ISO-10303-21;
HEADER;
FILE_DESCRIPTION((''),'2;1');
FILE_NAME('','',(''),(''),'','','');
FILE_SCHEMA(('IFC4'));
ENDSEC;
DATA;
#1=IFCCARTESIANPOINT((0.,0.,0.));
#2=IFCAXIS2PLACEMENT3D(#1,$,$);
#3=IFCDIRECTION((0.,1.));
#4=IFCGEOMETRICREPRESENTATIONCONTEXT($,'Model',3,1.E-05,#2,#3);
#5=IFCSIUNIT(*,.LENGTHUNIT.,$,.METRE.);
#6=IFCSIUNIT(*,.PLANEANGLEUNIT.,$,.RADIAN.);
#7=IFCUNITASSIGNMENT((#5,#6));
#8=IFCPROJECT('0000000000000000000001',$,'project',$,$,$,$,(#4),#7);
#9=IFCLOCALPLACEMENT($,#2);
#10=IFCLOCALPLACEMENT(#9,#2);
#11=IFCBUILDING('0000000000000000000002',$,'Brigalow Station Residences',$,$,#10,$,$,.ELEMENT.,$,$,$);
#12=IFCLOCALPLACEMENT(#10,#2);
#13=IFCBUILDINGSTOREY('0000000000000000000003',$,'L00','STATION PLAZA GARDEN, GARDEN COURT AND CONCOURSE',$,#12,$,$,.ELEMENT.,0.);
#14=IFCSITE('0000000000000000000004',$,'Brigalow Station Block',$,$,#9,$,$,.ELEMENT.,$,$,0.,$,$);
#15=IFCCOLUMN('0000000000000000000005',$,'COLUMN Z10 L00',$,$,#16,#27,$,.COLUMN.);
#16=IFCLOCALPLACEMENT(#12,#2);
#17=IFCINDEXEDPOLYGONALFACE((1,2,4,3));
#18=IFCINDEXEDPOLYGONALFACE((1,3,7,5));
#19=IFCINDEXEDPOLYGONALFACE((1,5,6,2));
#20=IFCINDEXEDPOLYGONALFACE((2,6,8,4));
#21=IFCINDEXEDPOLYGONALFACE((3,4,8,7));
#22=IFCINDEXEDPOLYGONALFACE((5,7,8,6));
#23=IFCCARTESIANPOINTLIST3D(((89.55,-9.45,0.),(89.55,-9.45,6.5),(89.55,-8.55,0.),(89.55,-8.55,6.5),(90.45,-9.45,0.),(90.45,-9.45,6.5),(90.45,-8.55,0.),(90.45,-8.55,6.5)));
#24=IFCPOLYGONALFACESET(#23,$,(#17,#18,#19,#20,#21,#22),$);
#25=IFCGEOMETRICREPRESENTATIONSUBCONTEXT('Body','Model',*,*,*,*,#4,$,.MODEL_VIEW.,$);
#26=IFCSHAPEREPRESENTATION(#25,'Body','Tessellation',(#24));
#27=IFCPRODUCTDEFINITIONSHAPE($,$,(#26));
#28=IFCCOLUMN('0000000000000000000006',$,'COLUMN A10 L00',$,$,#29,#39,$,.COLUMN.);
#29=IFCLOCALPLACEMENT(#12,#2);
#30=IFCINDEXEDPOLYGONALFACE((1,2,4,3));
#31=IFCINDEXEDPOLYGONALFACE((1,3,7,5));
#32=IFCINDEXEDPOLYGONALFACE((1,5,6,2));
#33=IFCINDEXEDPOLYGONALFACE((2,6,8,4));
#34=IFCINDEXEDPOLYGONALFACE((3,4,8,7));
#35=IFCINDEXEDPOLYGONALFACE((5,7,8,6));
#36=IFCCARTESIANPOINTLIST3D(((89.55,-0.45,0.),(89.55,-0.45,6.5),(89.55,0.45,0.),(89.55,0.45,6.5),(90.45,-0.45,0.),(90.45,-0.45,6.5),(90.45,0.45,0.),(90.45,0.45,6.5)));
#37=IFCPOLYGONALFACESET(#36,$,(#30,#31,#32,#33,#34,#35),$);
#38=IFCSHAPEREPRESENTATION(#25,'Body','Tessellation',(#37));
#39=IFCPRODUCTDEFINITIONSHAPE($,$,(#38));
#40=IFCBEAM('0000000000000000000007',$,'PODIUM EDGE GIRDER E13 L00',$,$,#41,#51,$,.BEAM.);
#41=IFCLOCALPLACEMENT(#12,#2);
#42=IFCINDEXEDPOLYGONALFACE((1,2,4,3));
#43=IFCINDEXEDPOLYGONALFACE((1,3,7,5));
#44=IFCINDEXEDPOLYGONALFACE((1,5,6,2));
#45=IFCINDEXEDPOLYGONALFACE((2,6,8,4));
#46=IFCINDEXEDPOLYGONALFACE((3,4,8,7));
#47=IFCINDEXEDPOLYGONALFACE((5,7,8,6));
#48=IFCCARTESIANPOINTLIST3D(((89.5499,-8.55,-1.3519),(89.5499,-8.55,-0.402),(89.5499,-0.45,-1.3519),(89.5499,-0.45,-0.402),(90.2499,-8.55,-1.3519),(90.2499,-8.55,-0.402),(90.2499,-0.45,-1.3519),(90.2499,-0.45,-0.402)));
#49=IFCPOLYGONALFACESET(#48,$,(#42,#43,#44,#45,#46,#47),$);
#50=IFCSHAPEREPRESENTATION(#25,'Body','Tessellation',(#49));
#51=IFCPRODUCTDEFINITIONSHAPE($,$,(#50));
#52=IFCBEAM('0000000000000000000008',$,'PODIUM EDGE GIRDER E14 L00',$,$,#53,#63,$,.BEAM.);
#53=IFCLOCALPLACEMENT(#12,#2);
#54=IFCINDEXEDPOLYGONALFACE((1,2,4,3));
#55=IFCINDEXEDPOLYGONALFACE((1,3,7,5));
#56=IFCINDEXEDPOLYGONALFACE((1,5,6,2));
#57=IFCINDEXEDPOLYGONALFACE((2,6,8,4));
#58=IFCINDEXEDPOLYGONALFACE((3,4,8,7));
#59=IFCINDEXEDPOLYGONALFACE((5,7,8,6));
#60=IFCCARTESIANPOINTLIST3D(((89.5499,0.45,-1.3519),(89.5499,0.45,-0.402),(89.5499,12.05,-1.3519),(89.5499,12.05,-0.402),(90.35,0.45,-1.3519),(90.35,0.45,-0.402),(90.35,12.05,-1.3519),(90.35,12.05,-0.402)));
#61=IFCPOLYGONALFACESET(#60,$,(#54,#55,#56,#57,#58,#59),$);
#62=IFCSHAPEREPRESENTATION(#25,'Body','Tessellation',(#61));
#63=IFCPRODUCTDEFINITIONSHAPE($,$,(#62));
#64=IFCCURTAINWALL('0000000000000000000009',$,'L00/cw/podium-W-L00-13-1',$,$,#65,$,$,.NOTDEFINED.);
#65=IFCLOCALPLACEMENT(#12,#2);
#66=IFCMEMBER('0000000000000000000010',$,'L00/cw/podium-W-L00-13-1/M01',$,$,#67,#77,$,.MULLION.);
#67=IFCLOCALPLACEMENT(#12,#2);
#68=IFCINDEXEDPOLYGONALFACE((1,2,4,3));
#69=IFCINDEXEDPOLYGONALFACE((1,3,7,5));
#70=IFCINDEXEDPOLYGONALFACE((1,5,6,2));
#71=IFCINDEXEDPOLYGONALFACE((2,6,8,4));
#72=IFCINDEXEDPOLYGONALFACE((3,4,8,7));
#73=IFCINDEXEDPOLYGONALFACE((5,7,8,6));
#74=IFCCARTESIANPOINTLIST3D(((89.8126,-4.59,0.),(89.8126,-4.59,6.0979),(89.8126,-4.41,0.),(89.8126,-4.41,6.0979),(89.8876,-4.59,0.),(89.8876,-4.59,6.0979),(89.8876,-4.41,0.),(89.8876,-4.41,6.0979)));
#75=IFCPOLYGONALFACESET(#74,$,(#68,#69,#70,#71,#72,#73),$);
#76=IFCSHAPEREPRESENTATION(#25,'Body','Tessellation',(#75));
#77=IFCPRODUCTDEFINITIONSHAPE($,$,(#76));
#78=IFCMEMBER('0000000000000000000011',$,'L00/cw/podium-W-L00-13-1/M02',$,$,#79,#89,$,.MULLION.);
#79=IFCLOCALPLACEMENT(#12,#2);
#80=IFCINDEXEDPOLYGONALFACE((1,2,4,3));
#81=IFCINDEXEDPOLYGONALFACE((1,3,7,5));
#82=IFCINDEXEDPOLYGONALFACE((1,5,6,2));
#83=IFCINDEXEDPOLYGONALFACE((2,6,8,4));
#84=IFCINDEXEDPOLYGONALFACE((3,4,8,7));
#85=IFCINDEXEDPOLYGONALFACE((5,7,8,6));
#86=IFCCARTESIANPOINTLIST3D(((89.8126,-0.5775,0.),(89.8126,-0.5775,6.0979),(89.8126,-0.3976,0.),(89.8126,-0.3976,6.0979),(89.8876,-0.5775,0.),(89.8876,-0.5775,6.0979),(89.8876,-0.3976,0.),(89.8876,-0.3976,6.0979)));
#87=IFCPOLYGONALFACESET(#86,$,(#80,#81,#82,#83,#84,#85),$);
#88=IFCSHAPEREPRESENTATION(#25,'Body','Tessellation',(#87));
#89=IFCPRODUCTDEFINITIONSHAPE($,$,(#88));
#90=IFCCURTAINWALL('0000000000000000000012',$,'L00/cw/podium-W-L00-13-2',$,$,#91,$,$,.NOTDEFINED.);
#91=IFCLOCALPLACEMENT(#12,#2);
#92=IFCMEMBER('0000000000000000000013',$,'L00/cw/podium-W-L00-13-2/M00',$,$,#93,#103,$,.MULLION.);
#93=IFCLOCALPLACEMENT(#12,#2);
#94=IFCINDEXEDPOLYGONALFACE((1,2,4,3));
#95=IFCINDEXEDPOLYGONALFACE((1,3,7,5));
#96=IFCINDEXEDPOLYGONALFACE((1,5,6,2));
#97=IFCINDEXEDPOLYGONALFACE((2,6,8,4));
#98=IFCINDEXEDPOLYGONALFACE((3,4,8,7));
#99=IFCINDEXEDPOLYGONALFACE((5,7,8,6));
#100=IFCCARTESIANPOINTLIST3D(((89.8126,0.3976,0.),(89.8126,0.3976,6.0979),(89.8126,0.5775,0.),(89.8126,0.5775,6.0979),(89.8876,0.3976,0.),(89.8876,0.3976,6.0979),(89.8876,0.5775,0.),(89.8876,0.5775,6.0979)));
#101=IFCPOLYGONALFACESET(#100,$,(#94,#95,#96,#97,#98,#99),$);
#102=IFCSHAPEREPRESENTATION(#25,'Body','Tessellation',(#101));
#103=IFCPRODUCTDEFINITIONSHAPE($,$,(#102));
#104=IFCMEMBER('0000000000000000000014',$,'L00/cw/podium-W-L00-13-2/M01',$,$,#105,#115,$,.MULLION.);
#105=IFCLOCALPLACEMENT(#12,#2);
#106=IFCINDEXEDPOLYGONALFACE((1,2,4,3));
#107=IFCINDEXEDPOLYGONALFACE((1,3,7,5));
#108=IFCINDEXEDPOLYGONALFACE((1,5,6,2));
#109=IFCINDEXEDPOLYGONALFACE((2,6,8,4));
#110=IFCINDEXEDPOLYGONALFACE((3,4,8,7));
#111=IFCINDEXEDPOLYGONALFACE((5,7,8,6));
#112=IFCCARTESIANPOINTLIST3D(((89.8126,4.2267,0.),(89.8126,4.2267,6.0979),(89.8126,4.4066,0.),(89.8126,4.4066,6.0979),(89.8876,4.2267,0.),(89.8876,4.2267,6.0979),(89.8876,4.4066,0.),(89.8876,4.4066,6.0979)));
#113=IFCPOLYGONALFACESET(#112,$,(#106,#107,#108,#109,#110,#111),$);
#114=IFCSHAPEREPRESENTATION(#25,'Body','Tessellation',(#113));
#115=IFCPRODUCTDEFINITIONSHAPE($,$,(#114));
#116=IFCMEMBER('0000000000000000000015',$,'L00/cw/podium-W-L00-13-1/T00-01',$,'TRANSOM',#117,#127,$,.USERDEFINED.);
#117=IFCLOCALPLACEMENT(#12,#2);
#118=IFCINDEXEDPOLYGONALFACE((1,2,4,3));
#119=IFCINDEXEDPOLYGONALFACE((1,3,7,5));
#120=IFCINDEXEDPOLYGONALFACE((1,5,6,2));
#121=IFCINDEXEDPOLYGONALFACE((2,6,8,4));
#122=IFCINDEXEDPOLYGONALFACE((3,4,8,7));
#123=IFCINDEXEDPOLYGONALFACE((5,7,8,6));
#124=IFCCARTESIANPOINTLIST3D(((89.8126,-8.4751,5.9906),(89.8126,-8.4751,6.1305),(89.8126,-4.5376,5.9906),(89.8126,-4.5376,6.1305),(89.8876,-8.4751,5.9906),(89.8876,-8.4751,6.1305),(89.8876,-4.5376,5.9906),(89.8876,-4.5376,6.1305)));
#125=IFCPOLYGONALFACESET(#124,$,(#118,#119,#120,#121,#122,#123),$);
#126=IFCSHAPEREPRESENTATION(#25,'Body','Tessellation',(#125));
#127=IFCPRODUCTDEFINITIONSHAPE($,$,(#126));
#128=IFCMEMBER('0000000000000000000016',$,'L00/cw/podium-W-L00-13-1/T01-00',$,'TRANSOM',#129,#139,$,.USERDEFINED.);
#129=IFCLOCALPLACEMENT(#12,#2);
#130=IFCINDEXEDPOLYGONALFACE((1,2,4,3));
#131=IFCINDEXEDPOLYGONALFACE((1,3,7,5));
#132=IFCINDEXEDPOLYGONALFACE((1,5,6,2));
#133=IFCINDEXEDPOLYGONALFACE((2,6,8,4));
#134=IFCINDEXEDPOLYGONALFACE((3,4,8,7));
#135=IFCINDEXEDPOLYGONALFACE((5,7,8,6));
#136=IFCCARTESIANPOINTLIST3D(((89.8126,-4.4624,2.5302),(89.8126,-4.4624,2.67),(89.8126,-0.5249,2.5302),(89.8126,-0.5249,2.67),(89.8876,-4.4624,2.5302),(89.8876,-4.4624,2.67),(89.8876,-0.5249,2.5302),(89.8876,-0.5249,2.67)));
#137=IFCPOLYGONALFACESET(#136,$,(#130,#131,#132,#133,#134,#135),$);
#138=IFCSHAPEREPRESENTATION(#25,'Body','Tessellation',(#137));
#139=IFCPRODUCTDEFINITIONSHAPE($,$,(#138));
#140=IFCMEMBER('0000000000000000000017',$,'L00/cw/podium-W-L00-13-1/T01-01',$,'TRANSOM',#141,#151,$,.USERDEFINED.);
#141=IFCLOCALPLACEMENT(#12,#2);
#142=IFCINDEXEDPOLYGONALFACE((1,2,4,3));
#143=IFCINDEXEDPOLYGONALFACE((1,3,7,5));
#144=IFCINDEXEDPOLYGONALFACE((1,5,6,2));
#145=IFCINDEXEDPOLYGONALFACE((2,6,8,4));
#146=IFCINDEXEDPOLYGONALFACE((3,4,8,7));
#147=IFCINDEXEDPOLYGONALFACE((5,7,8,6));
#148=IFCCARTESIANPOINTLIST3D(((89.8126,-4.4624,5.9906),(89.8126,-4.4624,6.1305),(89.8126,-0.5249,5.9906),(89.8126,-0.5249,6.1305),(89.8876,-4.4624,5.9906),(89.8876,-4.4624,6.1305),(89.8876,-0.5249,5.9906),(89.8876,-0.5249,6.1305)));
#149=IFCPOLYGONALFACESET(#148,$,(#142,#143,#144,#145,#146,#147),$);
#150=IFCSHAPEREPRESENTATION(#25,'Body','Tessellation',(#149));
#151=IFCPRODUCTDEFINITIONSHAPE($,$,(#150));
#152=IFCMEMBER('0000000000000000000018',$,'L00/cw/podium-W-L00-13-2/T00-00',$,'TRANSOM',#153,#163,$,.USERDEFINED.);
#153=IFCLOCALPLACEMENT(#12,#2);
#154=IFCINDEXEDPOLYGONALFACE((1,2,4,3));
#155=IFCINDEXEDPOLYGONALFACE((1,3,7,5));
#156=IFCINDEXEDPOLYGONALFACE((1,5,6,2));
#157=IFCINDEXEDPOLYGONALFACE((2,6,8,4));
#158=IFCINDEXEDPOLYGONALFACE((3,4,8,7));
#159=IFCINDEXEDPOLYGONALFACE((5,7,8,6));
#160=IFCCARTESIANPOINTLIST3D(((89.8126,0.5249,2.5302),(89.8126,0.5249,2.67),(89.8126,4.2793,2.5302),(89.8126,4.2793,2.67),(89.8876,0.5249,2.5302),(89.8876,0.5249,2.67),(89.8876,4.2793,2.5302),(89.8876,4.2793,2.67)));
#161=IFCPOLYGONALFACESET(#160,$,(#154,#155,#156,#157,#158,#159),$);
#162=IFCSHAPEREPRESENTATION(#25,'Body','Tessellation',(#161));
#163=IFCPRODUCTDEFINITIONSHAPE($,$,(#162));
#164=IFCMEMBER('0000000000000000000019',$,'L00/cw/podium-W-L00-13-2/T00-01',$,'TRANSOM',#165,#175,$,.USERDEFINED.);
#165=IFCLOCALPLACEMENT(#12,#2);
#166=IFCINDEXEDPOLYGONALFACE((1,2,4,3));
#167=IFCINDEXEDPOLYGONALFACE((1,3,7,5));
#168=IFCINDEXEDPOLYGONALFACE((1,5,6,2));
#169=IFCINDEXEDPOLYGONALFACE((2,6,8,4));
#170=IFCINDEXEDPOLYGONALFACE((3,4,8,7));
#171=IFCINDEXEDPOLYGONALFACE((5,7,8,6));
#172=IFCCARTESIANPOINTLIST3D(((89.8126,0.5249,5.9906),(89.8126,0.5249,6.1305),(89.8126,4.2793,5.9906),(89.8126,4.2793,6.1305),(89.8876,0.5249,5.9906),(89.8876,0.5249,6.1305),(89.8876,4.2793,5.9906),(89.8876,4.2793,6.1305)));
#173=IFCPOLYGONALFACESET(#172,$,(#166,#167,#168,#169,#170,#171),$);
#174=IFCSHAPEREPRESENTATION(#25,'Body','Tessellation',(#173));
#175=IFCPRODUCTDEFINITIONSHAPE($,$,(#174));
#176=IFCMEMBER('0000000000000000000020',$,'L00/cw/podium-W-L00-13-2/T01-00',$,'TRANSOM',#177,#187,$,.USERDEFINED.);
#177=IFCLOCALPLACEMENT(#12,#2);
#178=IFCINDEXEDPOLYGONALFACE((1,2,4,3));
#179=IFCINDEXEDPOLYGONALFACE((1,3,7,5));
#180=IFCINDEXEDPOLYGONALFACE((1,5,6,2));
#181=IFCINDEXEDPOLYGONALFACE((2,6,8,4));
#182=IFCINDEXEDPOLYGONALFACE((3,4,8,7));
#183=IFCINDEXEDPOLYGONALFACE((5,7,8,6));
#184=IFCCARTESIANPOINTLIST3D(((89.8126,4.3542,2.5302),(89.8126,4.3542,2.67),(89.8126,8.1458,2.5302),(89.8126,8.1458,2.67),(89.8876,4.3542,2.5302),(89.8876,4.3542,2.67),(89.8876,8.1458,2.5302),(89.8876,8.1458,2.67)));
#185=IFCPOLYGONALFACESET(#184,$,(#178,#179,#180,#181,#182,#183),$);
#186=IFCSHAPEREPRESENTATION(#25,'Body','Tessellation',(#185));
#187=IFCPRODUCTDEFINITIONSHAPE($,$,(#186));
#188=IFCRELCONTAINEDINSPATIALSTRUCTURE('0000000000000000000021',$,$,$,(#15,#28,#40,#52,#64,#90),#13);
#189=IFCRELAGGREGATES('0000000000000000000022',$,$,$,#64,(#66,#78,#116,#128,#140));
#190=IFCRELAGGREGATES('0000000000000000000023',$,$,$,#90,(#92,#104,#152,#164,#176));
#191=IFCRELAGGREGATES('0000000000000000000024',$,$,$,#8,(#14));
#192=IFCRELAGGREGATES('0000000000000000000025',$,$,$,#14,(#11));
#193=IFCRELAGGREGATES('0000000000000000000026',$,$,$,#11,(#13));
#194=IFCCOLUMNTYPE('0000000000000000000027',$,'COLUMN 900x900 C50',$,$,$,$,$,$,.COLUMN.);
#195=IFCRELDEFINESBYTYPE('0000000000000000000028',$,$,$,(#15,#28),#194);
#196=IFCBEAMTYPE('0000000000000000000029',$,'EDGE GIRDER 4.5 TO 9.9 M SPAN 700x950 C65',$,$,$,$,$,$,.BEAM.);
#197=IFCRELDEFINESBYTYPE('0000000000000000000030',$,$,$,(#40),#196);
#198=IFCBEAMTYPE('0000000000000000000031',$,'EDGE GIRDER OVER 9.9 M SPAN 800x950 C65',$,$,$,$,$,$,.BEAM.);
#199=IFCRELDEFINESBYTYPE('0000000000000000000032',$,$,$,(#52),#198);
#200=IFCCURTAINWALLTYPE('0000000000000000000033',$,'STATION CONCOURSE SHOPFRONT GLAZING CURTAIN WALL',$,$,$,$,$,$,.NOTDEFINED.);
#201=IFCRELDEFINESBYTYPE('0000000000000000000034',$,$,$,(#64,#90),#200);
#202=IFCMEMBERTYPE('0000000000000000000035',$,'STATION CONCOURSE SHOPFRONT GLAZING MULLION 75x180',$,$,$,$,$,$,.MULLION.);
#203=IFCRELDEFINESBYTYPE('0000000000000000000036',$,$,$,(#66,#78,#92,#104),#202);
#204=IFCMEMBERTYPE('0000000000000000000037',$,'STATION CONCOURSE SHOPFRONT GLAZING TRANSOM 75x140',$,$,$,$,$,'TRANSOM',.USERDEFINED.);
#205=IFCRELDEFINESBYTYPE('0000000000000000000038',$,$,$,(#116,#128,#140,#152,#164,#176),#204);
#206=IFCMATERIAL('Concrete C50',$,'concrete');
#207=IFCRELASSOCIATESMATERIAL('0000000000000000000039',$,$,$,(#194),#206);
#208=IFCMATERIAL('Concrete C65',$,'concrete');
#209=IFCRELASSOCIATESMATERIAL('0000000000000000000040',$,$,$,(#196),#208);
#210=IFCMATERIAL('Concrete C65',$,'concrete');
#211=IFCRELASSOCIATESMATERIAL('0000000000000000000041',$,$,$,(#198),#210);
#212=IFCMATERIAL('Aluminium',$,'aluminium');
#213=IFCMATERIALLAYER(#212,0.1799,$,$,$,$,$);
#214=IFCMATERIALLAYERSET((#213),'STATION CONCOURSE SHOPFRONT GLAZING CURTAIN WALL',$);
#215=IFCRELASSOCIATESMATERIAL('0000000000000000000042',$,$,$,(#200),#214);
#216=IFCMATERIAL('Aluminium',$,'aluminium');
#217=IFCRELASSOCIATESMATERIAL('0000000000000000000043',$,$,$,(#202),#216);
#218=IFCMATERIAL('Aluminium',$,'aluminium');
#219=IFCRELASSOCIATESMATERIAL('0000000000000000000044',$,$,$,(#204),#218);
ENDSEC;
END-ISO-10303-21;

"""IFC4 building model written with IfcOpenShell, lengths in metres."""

from ifc_helpers import new_model, si_unit, direction, frame, origin, origin_2d, place, context, subcontext, project, spatial, rectangle, extrude, material, layer, layer_set, material_profile, profile_set, type_object, element, aggregate, save


model = new_model("IFC4")

# Units and contexts
model_context = context("Model", 3, precision=1e-05, world=origin(), true_north=direction((0.0, 1.0)))
body_context = subcontext(model_context, "Body", "Model", "MODEL_VIEW")
ifc_project = project(units=[si_unit("LENGTHUNIT", "METRE"), si_unit("PLANEANGLEUNIT", "RADIAN")], contexts=[model_context])

# Site, building, storey
site_placement = place(None, origin())
site = spatial("IfcSite", under=ifc_project, at=site_placement, Name="Brigalow Station Block", CompositionType="ELEMENT", RefElevation=0.0)
building_placement = place(site_placement, origin())
building = spatial("IfcBuilding", under=site, at=building_placement, Name="Brigalow Station Residences", CompositionType="ELEMENT")
storey_placement = place(building_placement, origin())
storey = spatial("IfcBuildingStorey", under=building, at=storey_placement, Name="L00", Description="STATION PLAZA GARDEN, GARDEN COURT AND CONCOURSE", CompositionType="ELEMENT", Elevation=0.0)

# Columns
ifc_material_1 = material(Name="Concrete C50", Category="concrete")
ifc_material_profile_1 = material_profile(ifc_material_1, rectangle(XDim=0.8999, YDim=0.8999, at=origin_2d()), Name="RC900x900")
ifc_profile_set_1 = profile_set([ifc_material_profile_1], Name="Concrete C50")
column_type = type_object("IfcColumnType", Name="COLUMN 900x900 C50", PredefinedType="COLUMN", material=ifc_profile_set_1)
for number, where, z_axis, x_axis, name in (
    (1, (90.0, -9.0, 0.0), (0.0, 0.0, 1.0), (1.0, 0.0, 0.0), "COLUMN Z10 L00"),
    (2, (90.0, 0.0, 0.0), (0.0, 0.0, 1.0), (1.0, 0.0, 0.0), "COLUMN A10 L00"),
):
    element("IfcColumn", number, at=place(storey_placement, frame(where, z_axis=z_axis, x_axis=x_axis)), inside=storey, type_object=column_type, Name=name, PredefinedType="COLUMN", context=body_context, shape_type="SweptSolid", body=[
        extrude(rectangle(XDim=0.8999, YDim=0.8999, at=origin_2d()), origin(), (0.0, 0.0, 1.0), 6.5),
    ])

# Beams
ifc_material_2 = material(Name="Concrete C65", Category="concrete")
ifc_material_profile_2 = material_profile(ifc_material_2, rectangle(XDim=0.7, YDim=0.95, at=origin_2d()), Name="RC700x950")
ifc_profile_set_2 = profile_set([ifc_material_profile_2], Name="Concrete C65")
beam_type_1 = type_object("IfcBeamType", Name="EDGE GIRDER 4.5 TO 9.9 M SPAN 700x950 C65", PredefinedType="BEAM", material=ifc_profile_set_2)
beam_1_placement = place(storey_placement, frame((89.8999, -8.55, -0.877), z_axis=(0.0, 1.0, 0.0), x_axis=(-1.0, 0.0, 0.0)))
element("IfcBeam", 3, at=beam_1_placement, inside=storey, type_object=beam_type_1, Name="PODIUM EDGE GIRDER E13 L00", PredefinedType="BEAM", context=body_context, shape_type="SweptSolid", body=[
    extrude(rectangle(XDim=0.7, YDim=0.95, at=origin_2d()), origin(), (0.0, 0.0, 1.0), 8.1001),
])
ifc_material_3 = material(Name="Concrete C65", Category="concrete")
ifc_material_profile_3 = material_profile(ifc_material_3, rectangle(XDim=0.8, YDim=0.95, at=origin_2d()), Name="RC800x950")
ifc_profile_set_3 = profile_set([ifc_material_profile_3], Name="Concrete C65")
beam_type_2 = type_object("IfcBeamType", Name="EDGE GIRDER OVER 9.9 M SPAN 800x950 C65", PredefinedType="BEAM", material=ifc_profile_set_3)
beam_2_placement = place(storey_placement, frame((89.95, 0.45, -0.877), z_axis=(0.0, 1.0, 0.0), x_axis=(-1.0, 0.0, 0.0)))
element("IfcBeam", 4, at=beam_2_placement, inside=storey, type_object=beam_type_2, Name="PODIUM EDGE GIRDER E14 L00", PredefinedType="BEAM", context=body_context, shape_type="SweptSolid", body=[
    extrude(rectangle(XDim=0.8, YDim=0.95, at=origin_2d()), origin(), (0.0, 0.0, 1.0), 11.6001),
])

# Curtain walls, members
ifc_material_4 = material(Name="Aluminium", Category="aluminium")
ifc_layer_1 = layer(ifc_material_4, 0.1799)
ifc_layer_set_1 = layer_set([ifc_layer_1], Name="STATION CONCOURSE SHOPFRONT GLAZING CURTAIN WALL")
curtain_wall_type = type_object("IfcCurtainWallType", Name="STATION CONCOURSE SHOPFRONT GLAZING CURTAIN WALL", PredefinedType="NOTDEFINED", material=ifc_layer_set_1)
curtain_wall_1_placement = place(storey_placement, origin())
curtain_wall_1 = element("IfcCurtainWall", 5, at=curtain_wall_1_placement, inside=storey, type_object=curtain_wall_type, Name="L00/cw/podium-W-L00-13-1", PredefinedType="NOTDEFINED")
ifc_material_5 = material(Name="Aluminium", Category="aluminium")
ifc_material_profile_4 = material_profile(ifc_material_5, rectangle(XDim=0.075, YDim=0.1799, at=origin_2d()), Name="STATION CONCOURSE SHOPFRONT GLAZING MULLION 75x180")
ifc_profile_set_4 = profile_set([ifc_material_profile_4], Name="Aluminium")
member_type_1 = type_object("IfcMemberType", Name="STATION CONCOURSE SHOPFRONT GLAZING MULLION 75x180", PredefinedType="MULLION", material=ifc_profile_set_4)
member_1_placement = place(storey_placement, frame((89.8501, -4.5, 0.0), z_axis=(0.0, 0.0, 1.0), x_axis=(-1.0, 0.0, 0.0)))
member_1 = element("IfcMember", 6, at=member_1_placement, type_object=member_type_1, Name="L00/cw/podium-W-L00-13-1/M01", PredefinedType="MULLION", context=body_context, shape_type="SweptSolid", body=[
    extrude(rectangle(XDim=0.075, YDim=0.1799, at=origin_2d()), origin(), (0.0, 0.0, 1.0), 6.0979),
])
member_2_placement = place(storey_placement, frame((89.8501, -0.4875, 0.0), z_axis=(0.0, 0.0, 1.0), x_axis=(-1.0, 0.0, 0.0)))
member_2 = element("IfcMember", 7, at=member_2_placement, type_object=member_type_1, Name="L00/cw/podium-W-L00-13-1/M02", PredefinedType="MULLION", context=body_context, shape_type="SweptSolid", body=[
    extrude(rectangle(XDim=0.075, YDim=0.1799, at=origin_2d()), origin(), (0.0, 0.0, 1.0), 6.0979),
])
curtain_wall_2_placement = place(storey_placement, origin())
curtain_wall_2 = element("IfcCurtainWall", 8, at=curtain_wall_2_placement, inside=storey, type_object=curtain_wall_type, Name="L00/cw/podium-W-L00-13-2", PredefinedType="NOTDEFINED")
member_3_placement = place(storey_placement, frame((89.8501, 0.4875, 0.0), z_axis=(0.0, 0.0, 1.0), x_axis=(-1.0, 0.0, 0.0)))
member_3 = element("IfcMember", 9, at=member_3_placement, type_object=member_type_1, Name="L00/cw/podium-W-L00-13-2/M00", PredefinedType="MULLION", context=body_context, shape_type="SweptSolid", body=[
    extrude(rectangle(XDim=0.075, YDim=0.1799, at=origin_2d()), origin(), (0.0, 0.0, 1.0), 6.0979),
])
member_4_placement = place(storey_placement, frame((89.8501, 4.3167, 0.0), z_axis=(0.0, 0.0, 1.0), x_axis=(-1.0, 0.0, 0.0)))
member_4 = element("IfcMember", 10, at=member_4_placement, type_object=member_type_1, Name="L00/cw/podium-W-L00-13-2/M01", PredefinedType="MULLION", context=body_context, shape_type="SweptSolid", body=[
    extrude(rectangle(XDim=0.075, YDim=0.1799, at=origin_2d()), origin(), (0.0, 0.0, 1.0), 6.0979),
])

# Members
ifc_material_6 = material(Name="Aluminium", Category="aluminium")
ifc_material_profile_5 = material_profile(ifc_material_6, rectangle(XDim=0.075, YDim=0.1399, at=origin_2d()), Name="STATION CONCOURSE SHOPFRONT GLAZING TRANSOM 75x140")
ifc_profile_set_5 = profile_set([ifc_material_profile_5], Name="Aluminium")
member_type_2 = type_object("IfcMemberType", Name="STATION CONCOURSE SHOPFRONT GLAZING TRANSOM 75x140", ElementType="TRANSOM", PredefinedType="USERDEFINED", material=ifc_profile_set_5)
member_5_placement = place(storey_placement, frame((89.8501, -8.4751, 6.0605), z_axis=(0.0, 1.0, 0.0), x_axis=(-1.0, 0.0, 0.0)))
member_5 = element("IfcMember", 11, at=member_5_placement, type_object=member_type_2, Name="L00/cw/podium-W-L00-13-1/T00-01", ObjectType="TRANSOM", PredefinedType="USERDEFINED", context=body_context, shape_type="SweptSolid", body=[
    extrude(rectangle(XDim=0.075, YDim=0.1399, at=origin_2d()), origin(), (0.0, 0.0, 1.0), 3.9375),
])
member_6_placement = place(storey_placement, frame((89.8501, -4.4624, 2.6001), z_axis=(0.0, 1.0, 0.0), x_axis=(-1.0, 0.0, 0.0)))
member_6 = element("IfcMember", 12, at=member_6_placement, type_object=member_type_2, Name="L00/cw/podium-W-L00-13-1/T01-00", ObjectType="TRANSOM", PredefinedType="USERDEFINED", context=body_context, shape_type="SweptSolid", body=[
    extrude(rectangle(XDim=0.075, YDim=0.1399, at=origin_2d()), origin(), (0.0, 0.0, 1.0), 3.9375),
])
member_7_placement = place(storey_placement, frame((89.8501, -4.4624, 6.0605), z_axis=(0.0, 1.0, 0.0), x_axis=(-1.0, 0.0, 0.0)))
member_7 = element("IfcMember", 13, at=member_7_placement, type_object=member_type_2, Name="L00/cw/podium-W-L00-13-1/T01-01", ObjectType="TRANSOM", PredefinedType="USERDEFINED", context=body_context, shape_type="SweptSolid", body=[
    extrude(rectangle(XDim=0.075, YDim=0.1399, at=origin_2d()), origin(), (0.0, 0.0, 1.0), 3.9375),
])
member_8_placement = place(storey_placement, frame((89.8501, 0.5249, 2.6001), z_axis=(0.0, 1.0, 0.0), x_axis=(-1.0, 0.0, 0.0)))
member_8 = element("IfcMember", 14, at=member_8_placement, type_object=member_type_2, Name="L00/cw/podium-W-L00-13-2/T00-00", ObjectType="TRANSOM", PredefinedType="USERDEFINED", context=body_context, shape_type="SweptSolid", body=[
    extrude(rectangle(XDim=0.075, YDim=0.1399, at=origin_2d()), origin(), (0.0, 0.0, 1.0), 3.7544),
])
member_9_placement = place(storey_placement, frame((89.8501, 0.5249, 6.0605), z_axis=(0.0, 1.0, 0.0), x_axis=(-1.0, 0.0, 0.0)))
member_9 = element("IfcMember", 15, at=member_9_placement, type_object=member_type_2, Name="L00/cw/podium-W-L00-13-2/T00-01", ObjectType="TRANSOM", PredefinedType="USERDEFINED", context=body_context, shape_type="SweptSolid", body=[
    extrude(rectangle(XDim=0.075, YDim=0.1399, at=origin_2d()), origin(), (0.0, 0.0, 1.0), 3.7544),
])
member_10_placement = place(storey_placement, frame((89.8501, 4.3542, 2.6001), z_axis=(0.0, 1.0, 0.0), x_axis=(-1.0, 0.0, 0.0)))
member_10 = element("IfcMember", 16, at=member_10_placement, type_object=member_type_2, Name="L00/cw/podium-W-L00-13-2/T01-00", ObjectType="TRANSOM", PredefinedType="USERDEFINED", context=body_context, shape_type="SweptSolid", body=[
    extrude(rectangle(XDim=0.075, YDim=0.1399, at=origin_2d()), origin(), (0.0, 0.0, 1.0), 3.7915),
])

aggregate(curtain_wall_1, [member_1, member_2, member_5, member_6, member_7])
aggregate(curtain_wall_2, [member_3, member_4, member_8, member_9, member_10])

save(model, "model.ifc")
